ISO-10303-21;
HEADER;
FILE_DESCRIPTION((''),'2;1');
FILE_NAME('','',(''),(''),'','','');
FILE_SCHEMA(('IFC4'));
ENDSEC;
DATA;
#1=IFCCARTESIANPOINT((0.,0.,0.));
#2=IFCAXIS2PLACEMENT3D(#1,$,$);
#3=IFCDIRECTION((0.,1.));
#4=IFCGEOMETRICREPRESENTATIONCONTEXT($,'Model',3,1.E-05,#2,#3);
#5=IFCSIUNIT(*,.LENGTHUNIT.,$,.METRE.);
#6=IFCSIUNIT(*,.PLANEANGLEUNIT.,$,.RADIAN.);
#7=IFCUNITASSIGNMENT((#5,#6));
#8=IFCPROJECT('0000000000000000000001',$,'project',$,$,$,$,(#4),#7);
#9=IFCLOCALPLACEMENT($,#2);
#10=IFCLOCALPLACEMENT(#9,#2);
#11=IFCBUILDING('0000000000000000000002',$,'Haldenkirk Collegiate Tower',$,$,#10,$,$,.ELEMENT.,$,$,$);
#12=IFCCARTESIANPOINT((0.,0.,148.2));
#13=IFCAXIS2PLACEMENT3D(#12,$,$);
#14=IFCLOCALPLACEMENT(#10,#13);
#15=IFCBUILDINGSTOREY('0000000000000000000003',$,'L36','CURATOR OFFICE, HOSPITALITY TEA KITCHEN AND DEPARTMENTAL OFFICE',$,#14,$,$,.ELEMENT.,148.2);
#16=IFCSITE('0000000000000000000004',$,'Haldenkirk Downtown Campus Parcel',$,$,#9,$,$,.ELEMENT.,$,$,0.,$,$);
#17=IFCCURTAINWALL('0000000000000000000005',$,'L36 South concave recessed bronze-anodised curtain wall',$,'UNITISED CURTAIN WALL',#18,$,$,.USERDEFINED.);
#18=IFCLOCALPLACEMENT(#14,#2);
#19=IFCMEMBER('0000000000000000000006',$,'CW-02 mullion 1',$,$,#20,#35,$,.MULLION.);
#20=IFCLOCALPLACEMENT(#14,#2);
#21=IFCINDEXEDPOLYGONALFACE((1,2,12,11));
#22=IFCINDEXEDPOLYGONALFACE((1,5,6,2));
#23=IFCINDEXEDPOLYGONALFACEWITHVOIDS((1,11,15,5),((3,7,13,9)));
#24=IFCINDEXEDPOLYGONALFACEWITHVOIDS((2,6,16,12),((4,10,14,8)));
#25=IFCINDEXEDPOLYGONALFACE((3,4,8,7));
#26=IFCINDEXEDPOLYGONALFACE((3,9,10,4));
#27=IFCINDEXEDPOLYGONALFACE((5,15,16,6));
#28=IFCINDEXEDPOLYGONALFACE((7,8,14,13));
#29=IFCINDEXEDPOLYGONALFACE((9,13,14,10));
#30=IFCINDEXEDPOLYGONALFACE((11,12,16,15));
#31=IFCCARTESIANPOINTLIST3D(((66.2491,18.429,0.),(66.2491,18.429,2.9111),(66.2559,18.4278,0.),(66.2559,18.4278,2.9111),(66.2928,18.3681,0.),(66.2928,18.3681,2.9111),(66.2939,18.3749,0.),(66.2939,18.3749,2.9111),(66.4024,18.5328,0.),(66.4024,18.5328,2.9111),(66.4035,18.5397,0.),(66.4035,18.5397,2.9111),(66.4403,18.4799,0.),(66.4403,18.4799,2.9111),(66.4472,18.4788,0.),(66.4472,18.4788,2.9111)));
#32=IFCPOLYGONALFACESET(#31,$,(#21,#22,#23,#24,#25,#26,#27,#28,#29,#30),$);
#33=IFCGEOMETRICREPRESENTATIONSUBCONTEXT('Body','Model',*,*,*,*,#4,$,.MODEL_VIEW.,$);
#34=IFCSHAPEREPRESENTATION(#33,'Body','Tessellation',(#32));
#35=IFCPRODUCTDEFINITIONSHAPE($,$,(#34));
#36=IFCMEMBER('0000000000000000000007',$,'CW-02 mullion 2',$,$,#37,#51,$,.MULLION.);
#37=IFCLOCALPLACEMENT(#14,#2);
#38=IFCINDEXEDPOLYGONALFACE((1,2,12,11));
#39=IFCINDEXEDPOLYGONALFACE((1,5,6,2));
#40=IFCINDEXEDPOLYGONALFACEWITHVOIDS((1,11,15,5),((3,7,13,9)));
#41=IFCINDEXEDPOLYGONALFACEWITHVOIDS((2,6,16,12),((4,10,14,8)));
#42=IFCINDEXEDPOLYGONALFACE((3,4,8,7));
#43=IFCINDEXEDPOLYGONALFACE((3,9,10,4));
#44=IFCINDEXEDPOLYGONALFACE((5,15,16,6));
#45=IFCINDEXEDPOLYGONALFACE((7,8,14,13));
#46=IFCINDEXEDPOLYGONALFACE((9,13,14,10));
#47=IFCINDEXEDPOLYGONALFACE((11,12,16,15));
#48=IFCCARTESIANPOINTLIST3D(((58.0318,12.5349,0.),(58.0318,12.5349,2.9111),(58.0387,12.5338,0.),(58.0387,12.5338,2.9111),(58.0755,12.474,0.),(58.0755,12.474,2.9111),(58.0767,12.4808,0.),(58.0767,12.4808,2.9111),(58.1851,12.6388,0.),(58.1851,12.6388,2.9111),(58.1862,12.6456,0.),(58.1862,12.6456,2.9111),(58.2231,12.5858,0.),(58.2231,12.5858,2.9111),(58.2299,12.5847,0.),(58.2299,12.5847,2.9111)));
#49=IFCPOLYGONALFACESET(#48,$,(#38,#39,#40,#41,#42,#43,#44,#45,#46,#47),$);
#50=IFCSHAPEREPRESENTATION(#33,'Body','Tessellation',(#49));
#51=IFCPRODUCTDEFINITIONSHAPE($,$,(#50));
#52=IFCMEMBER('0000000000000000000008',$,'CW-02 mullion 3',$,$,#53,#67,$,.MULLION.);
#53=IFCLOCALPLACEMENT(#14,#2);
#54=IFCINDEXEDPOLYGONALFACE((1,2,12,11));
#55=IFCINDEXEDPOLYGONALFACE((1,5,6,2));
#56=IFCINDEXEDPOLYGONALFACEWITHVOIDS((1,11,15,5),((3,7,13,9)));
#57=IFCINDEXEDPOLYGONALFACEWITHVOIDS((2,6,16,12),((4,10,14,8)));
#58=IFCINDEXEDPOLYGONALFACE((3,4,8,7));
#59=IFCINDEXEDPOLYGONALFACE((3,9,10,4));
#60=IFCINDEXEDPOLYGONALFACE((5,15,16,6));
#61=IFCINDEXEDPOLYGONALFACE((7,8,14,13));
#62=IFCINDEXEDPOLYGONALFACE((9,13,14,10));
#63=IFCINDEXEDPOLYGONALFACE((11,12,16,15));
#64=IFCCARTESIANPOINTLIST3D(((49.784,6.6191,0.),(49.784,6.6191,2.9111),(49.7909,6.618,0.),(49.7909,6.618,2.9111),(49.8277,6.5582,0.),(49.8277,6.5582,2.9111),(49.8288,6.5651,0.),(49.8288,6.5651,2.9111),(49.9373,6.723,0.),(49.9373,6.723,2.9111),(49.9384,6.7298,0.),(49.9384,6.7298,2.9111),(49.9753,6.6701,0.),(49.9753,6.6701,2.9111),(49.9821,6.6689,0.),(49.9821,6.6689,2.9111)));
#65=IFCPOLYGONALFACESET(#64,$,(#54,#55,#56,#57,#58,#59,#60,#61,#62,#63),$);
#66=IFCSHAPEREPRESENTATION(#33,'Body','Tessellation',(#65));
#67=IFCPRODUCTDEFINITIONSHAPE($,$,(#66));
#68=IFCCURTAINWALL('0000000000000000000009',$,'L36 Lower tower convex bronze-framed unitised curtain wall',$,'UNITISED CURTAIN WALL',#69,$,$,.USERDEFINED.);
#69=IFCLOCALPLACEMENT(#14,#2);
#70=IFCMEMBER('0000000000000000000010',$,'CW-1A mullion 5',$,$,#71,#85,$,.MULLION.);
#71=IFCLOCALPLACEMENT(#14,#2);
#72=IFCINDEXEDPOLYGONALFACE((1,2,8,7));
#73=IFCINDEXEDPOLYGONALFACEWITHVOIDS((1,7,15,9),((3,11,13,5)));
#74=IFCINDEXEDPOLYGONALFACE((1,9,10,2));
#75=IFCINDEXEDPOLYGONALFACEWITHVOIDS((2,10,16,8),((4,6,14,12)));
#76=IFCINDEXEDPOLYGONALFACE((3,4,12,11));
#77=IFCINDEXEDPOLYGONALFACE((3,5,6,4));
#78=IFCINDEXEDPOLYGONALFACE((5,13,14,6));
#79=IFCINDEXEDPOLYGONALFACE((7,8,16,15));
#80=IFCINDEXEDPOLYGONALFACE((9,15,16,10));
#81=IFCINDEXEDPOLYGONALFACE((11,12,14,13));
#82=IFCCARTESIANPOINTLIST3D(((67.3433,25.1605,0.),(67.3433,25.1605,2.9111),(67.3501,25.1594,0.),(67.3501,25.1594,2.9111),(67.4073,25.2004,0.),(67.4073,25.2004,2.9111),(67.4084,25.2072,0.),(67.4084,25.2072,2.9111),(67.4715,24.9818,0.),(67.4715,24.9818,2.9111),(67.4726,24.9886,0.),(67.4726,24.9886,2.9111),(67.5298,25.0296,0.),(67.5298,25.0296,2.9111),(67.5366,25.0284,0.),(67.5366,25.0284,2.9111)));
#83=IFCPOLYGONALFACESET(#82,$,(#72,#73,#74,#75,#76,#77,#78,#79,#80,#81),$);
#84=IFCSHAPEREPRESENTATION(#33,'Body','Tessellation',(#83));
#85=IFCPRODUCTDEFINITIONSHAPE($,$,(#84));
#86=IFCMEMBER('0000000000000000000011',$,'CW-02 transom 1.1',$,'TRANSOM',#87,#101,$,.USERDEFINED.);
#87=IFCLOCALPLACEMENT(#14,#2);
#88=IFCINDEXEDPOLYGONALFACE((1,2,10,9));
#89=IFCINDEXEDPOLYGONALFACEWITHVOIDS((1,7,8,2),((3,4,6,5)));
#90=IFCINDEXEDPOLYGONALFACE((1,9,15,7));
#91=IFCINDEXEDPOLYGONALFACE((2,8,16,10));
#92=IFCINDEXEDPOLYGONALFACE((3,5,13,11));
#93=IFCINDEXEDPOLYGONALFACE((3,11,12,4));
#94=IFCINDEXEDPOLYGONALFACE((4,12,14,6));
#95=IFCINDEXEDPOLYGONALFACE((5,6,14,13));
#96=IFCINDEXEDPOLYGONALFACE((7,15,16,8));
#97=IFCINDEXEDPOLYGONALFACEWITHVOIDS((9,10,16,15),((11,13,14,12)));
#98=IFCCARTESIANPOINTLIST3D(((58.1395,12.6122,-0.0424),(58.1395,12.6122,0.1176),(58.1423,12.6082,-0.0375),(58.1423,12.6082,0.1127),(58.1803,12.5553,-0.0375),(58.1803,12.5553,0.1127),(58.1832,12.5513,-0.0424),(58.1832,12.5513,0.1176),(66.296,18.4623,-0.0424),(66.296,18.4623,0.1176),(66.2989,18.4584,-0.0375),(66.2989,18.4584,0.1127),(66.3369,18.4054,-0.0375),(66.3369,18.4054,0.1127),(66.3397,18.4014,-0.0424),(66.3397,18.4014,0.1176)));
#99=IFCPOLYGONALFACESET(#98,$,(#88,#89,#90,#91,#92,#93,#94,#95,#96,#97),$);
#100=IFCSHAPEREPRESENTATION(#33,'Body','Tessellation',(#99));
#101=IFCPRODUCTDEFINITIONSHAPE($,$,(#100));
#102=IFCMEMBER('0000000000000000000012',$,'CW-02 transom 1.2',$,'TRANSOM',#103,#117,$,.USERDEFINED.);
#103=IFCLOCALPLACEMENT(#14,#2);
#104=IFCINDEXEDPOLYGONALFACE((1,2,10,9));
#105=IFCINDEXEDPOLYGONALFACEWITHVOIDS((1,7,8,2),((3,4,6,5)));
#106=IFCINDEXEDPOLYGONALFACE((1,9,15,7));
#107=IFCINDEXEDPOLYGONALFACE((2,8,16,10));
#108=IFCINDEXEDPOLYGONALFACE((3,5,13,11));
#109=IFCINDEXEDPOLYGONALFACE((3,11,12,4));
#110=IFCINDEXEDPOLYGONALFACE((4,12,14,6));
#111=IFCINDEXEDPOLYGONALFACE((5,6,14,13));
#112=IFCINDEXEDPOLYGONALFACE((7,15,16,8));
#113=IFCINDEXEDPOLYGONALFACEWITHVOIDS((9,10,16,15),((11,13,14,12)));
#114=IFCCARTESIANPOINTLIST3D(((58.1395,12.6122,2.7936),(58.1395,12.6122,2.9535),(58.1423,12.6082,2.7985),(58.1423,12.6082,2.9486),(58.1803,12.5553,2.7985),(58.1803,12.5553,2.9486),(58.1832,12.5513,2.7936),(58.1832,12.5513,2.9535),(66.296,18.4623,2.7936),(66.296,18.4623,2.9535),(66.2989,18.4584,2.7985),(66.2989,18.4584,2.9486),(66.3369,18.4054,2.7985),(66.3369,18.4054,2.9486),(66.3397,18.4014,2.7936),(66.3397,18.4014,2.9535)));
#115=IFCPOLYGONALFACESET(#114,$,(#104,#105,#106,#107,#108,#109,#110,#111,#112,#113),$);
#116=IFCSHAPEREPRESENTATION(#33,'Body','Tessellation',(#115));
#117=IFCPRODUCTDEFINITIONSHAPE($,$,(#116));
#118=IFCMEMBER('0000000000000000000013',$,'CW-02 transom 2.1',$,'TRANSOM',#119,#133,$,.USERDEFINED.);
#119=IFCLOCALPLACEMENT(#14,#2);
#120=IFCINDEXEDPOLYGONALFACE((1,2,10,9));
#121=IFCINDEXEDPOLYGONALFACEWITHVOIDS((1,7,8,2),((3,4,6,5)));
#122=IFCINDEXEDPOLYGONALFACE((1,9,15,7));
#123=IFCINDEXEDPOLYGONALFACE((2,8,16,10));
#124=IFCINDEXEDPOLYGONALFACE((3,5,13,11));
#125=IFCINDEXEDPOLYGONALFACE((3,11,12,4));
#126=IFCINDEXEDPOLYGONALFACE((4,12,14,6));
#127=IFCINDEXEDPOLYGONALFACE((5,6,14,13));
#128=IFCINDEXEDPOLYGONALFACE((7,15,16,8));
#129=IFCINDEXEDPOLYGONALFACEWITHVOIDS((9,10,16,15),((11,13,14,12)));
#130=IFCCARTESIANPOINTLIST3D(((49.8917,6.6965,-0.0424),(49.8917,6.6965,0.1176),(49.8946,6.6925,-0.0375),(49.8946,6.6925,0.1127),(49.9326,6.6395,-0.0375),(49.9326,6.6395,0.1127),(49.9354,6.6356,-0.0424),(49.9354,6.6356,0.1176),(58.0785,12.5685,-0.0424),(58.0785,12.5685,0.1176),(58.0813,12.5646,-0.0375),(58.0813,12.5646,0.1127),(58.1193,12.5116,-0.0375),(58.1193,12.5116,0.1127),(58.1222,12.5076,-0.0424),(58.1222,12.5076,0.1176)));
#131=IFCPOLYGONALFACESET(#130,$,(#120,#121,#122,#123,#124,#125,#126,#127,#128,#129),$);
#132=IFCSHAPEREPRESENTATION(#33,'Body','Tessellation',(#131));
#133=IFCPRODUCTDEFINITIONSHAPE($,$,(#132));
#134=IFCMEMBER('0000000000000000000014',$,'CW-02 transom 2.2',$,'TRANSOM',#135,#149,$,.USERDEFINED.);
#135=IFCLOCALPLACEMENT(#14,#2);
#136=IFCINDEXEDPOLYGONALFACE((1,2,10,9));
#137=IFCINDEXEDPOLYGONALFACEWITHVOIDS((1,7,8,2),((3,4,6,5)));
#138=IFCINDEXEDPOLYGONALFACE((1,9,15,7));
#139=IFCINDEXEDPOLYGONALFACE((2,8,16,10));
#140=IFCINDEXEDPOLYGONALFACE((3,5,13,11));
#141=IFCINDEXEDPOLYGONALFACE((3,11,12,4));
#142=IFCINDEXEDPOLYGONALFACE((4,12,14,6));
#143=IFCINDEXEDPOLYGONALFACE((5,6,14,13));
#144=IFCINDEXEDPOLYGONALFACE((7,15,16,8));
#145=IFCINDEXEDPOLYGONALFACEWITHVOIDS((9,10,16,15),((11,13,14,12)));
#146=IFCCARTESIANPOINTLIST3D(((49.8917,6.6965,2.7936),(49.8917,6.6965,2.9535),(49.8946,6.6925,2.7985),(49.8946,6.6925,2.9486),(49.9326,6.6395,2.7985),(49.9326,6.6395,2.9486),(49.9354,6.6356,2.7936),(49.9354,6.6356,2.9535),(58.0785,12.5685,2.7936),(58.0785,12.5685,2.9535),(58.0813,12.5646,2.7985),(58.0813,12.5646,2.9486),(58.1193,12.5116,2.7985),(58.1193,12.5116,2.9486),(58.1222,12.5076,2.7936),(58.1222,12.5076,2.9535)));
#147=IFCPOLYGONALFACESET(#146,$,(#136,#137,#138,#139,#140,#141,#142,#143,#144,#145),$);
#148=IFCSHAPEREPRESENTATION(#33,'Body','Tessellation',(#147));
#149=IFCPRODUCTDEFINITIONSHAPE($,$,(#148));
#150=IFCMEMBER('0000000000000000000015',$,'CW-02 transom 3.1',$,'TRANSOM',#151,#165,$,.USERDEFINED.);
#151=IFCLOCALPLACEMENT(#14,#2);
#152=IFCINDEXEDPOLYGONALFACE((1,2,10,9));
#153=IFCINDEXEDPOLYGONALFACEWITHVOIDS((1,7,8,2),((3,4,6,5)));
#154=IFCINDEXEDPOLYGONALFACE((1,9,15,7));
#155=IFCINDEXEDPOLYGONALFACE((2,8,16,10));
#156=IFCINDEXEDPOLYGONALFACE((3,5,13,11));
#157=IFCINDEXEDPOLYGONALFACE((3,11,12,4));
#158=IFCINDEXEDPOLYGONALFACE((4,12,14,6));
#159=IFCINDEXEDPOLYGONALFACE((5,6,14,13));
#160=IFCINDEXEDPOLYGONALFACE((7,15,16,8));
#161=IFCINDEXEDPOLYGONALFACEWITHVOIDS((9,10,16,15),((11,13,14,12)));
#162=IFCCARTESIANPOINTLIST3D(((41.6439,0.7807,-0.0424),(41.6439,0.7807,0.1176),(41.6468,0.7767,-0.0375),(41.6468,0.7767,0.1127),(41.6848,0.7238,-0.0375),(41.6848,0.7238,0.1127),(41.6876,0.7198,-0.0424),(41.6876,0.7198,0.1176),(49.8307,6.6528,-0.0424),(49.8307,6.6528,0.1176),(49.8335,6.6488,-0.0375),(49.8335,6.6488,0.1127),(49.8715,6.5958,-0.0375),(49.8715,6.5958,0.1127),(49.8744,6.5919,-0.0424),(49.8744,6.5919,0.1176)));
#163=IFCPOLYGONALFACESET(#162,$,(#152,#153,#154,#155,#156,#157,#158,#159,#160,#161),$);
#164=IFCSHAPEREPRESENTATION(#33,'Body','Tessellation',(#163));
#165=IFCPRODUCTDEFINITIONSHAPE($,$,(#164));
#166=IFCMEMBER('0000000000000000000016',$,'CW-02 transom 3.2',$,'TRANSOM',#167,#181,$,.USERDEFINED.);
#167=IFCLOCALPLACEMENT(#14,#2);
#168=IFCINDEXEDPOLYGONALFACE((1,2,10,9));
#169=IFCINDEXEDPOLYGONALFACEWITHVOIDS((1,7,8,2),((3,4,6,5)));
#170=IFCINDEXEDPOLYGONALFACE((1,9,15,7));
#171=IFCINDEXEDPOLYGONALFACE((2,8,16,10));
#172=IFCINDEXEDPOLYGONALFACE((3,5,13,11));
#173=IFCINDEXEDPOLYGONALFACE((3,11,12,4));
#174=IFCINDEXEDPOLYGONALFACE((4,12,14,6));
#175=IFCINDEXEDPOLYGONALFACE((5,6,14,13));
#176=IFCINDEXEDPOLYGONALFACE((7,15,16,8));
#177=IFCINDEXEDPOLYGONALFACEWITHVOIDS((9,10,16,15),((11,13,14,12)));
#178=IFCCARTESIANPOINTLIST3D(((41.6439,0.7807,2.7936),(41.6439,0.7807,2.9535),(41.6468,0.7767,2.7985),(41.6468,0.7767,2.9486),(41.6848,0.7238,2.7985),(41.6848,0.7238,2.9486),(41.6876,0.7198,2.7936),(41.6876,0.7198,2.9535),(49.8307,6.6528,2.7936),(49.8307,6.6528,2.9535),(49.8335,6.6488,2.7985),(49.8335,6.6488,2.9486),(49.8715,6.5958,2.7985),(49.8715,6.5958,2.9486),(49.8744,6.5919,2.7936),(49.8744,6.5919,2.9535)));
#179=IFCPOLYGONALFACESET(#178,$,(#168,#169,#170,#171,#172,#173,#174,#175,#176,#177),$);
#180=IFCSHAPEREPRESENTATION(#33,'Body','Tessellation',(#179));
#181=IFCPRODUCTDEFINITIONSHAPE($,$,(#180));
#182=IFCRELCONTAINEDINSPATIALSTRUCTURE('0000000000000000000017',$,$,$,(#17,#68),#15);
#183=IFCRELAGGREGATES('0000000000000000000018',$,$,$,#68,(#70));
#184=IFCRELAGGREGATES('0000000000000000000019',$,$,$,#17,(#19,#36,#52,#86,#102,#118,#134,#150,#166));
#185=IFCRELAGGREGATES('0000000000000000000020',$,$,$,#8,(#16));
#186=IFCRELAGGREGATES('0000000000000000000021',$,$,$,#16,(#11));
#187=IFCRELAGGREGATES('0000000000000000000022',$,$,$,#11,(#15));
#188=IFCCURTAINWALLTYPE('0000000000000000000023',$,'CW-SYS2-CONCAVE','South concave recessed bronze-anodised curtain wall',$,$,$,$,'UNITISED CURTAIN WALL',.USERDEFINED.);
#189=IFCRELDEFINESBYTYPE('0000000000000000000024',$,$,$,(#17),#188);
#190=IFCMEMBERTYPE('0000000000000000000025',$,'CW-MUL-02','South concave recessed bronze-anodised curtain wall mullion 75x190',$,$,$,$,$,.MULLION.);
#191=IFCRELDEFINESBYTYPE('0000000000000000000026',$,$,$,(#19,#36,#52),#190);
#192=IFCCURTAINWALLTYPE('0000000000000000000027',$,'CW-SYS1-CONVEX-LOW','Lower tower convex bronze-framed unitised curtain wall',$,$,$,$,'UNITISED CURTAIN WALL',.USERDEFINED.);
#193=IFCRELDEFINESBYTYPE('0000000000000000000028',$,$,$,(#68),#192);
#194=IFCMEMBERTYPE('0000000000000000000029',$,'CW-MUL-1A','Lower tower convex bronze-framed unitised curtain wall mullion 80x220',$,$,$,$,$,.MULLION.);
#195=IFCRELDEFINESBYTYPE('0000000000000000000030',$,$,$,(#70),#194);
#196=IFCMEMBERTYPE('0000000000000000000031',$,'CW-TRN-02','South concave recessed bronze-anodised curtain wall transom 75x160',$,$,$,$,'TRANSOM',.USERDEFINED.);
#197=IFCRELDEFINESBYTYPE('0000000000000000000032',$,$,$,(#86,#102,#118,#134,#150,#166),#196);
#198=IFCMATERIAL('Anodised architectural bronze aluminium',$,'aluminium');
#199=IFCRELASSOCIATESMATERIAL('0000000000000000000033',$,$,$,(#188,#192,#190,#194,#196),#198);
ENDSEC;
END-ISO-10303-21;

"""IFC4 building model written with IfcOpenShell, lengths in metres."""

from ifc_helpers import new_model, si_unit, direction, frame, origin, origin_2d, place, context, subcontext, project, spatial, hollow_rectangle, extrude, material, material_profile, profile_set, type_object, element, aggregate, save


model = new_model("IFC4")

# Units and contexts
model_context = context("Model", 3, precision=1e-05, world=origin(), true_north=direction((0.0, 1.0)))
body_context = subcontext(model_context, "Body", "Model", "MODEL_VIEW")
ifc_project = project(units=[si_unit("LENGTHUNIT", "METRE"), si_unit("PLANEANGLEUNIT", "RADIAN")], contexts=[model_context])

# Site, building, storey
site_placement = place(None, origin())
site = spatial("IfcSite", under=ifc_project, at=site_placement, Name="Haldenkirk Downtown Campus Parcel", CompositionType="ELEMENT", RefElevation=0.0)
building_placement = place(site_placement, origin())
building = spatial("IfcBuilding", under=site, at=building_placement, Name="Haldenkirk Collegiate Tower", CompositionType="ELEMENT")
storey_placement = place(building_placement, frame((0.0, 0.0, 148.2)))
storey = spatial("IfcBuildingStorey", under=building, at=storey_placement, Name="L36", Description="CURATOR OFFICE, HOSPITALITY TEA KITCHEN AND DEPARTMENTAL OFFICE", CompositionType="ELEMENT", Elevation=148.2)

# Curtain wall, members
ifc_material_1 = material(Name="Anodised architectural bronze aluminium", Category="aluminium")
curtain_wall_type_1 = type_object("IfcCurtainWallType", Name="CW-SYS2-CONCAVE", Description="South concave recessed bronze-anodised curtain wall", ElementType="UNITISED CURTAIN WALL", PredefinedType="USERDEFINED", material=ifc_material_1)
curtain_wall_1_placement = place(storey_placement, origin())
curtain_wall_1 = element("IfcCurtainWall", 1, at=curtain_wall_1_placement, inside=storey, type_object=curtain_wall_type_1, Name="L36 South concave recessed bronze-anodised curtain wall", ObjectType="UNITISED CURTAIN WALL", PredefinedType="USERDEFINED")
ifc_material_profile_1 = material_profile(ifc_material_1, hollow_rectangle(XDim=0.075, YDim=0.1899, WallThickness=0.0049, at=origin_2d()), Name="CW-MUL-02")
ifc_profile_set_1 = profile_set([ifc_material_profile_1], Name="Anodised architectural bronze aluminium")
member_type_1 = type_object("IfcMemberType", Name="CW-MUL-02", Description="South concave recessed bronze-anodised curtain wall mullion 75x190", PredefinedType="MULLION", material=ifc_profile_set_1)
member_1_placement = place(storey_placement, frame((66.3481, 18.4539, 0.0), z_axis=(0.0, 0.0, 1.0), x_axis=(0.582834, -0.812592, 0.0)))
member_1 = element("IfcMember", 2, at=member_1_placement, type_object=member_type_1, Name="CW-02 mullion 1", PredefinedType="MULLION", context=body_context, shape_type="SweptSolid", body=[
    extrude(hollow_rectangle(XDim=0.075, YDim=0.1899, WallThickness=0.0049, at=origin_2d()), origin(), (0.0, 0.0, 1.0), 2.9111),
])
member_2_placement = place(storey_placement, frame((58.1309, 12.5598, 0.0), z_axis=(0.0, 0.0, 1.0), x_axis=(0.582834, -0.812592, 0.0)))
member_2 = element("IfcMember", 3, at=member_2_placement, type_object=member_type_1, Name="CW-02 mullion 2", PredefinedType="MULLION", context=body_context, shape_type="SweptSolid", body=[
    extrude(hollow_rectangle(XDim=0.075, YDim=0.1899, WallThickness=0.0049, at=origin_2d()), origin(), (0.0, 0.0, 1.0), 2.9111),
])
member_3_placement = place(storey_placement, frame((49.8831, 6.644, 0.0), z_axis=(0.0, 0.0, 1.0), x_axis=(0.582834, -0.812592, 0.0)))
member_3 = element("IfcMember", 4, at=member_3_placement, type_object=member_type_1, Name="CW-02 mullion 3", PredefinedType="MULLION", context=body_context, shape_type="SweptSolid", body=[
    extrude(hollow_rectangle(XDim=0.075, YDim=0.1899, WallThickness=0.0049, at=origin_2d()), origin(), (0.0, 0.0, 1.0), 2.9111),
])

# Curtain wall, member
curtain_wall_type_2 = type_object("IfcCurtainWallType", Name="CW-SYS1-CONVEX-LOW", Description="Lower tower convex bronze-framed unitised curtain wall", ElementType="UNITISED CURTAIN WALL", PredefinedType="USERDEFINED", material=ifc_material_1)
curtain_wall_2_placement = place(storey_placement, origin())
curtain_wall_2 = element("IfcCurtainWall", 5, at=curtain_wall_2_placement, inside=storey, type_object=curtain_wall_type_2, Name="L36 Lower tower convex bronze-framed unitised curtain wall", ObjectType="UNITISED CURTAIN WALL", PredefinedType="USERDEFINED")
ifc_material_profile_2 = material_profile(ifc_material_1, hollow_rectangle(XDim=0.0801, YDim=0.22, WallThickness=0.0049, at=origin_2d()), Name="CW-MUL-1A")
ifc_profile_set_2 = profile_set([ifc_material_profile_2], Name="Anodised architectural bronze aluminium")
member_type_2 = type_object("IfcMemberType", Name="CW-MUL-1A", Description="Lower tower convex bronze-framed unitised curtain wall mullion 80x220", PredefinedType="MULLION", material=ifc_profile_set_2)
member_4_placement = place(storey_placement, frame((67.4399, 25.0945, 0.0), z_axis=(0.0, 0.0, 1.0), x_axis=(0.812592, 0.582832, 0.0)))
member_4 = element("IfcMember", 6, at=member_4_placement, type_object=member_type_2, Name="CW-1A mullion 5", PredefinedType="MULLION", context=body_context, shape_type="SweptSolid", body=[
    extrude(hollow_rectangle(XDim=0.0801, YDim=0.22, WallThickness=0.0049, at=origin_2d()), origin(), (0.0, 0.0, 1.0), 2.9111),
])
aggregate(curtain_wall_2, [member_4])

# Members
ifc_material_profile_3 = material_profile(ifc_material_1, hollow_rectangle(XDim=0.075, YDim=0.1599, WallThickness=0.0049, at=origin_2d()), Name="CW-TRN-02")
ifc_profile_set_3 = profile_set([ifc_material_profile_3], Name="Anodised architectural bronze aluminium")
member_type_3 = type_object("IfcMemberType", Name="CW-TRN-02", Description="South concave recessed bronze-anodised curtain wall transom 75x160", ElementType="TRANSOM", PredefinedType="USERDEFINED", material=ifc_profile_set_3)
member_5_placement = place(storey_placement, frame((66.3179, 18.4319, 0.0376), z_axis=(-0.8126, -0.582822, 0.0), x_axis=(0.582822, -0.8126, 0.0)))
member_5 = element("IfcMember", 7, at=member_5_placement, type_object=member_type_3, Name="CW-02 transom 1.1", ObjectType="TRANSOM", PredefinedType="USERDEFINED", context=body_context, shape_type="SweptSolid", body=[
    extrude(hollow_rectangle(XDim=0.075, YDim=0.1599, WallThickness=0.0049, at=origin_2d()), origin(), (0.0, 0.0, 1.0), 10.0376),
])
member_6_placement = place(storey_placement, frame((66.3179, 18.4319, 2.8735), z_axis=(-0.8126, -0.582822, 0.0), x_axis=(0.582822, -0.8126, 0.0)))
member_6 = element("IfcMember", 8, at=member_6_placement, type_object=member_type_3, Name="CW-02 transom 1.2", ObjectType="TRANSOM", PredefinedType="USERDEFINED", context=body_context, shape_type="SweptSolid", body=[
    extrude(hollow_rectangle(XDim=0.075, YDim=0.1599, WallThickness=0.0049, at=origin_2d()), origin(), (0.0, 0.0, 1.0), 10.0376),
])
member_7_placement = place(storey_placement, frame((58.1003, 12.5381, 0.0376), z_axis=(-0.812587, -0.582839, 0.0), x_axis=(0.582839, -0.812587, 0.0)))
member_7 = element("IfcMember", 9, at=member_7_placement, type_object=member_type_3, Name="CW-02 transom 2.1", ObjectType="TRANSOM", PredefinedType="USERDEFINED", context=body_context, shape_type="SweptSolid", body=[
    extrude(hollow_rectangle(XDim=0.075, YDim=0.1599, WallThickness=0.0049, at=origin_2d()), origin(), (0.0, 0.0, 1.0), 10.075),
])
member_8_placement = place(storey_placement, frame((58.1003, 12.5381, 2.8735), z_axis=(-0.812587, -0.582839, 0.0), x_axis=(0.582839, -0.812587, 0.0)))
member_8 = element("IfcMember", 10, at=member_8_placement, type_object=member_type_3, Name="CW-02 transom 2.2", ObjectType="TRANSOM", PredefinedType="USERDEFINED", context=body_context, shape_type="SweptSolid", body=[
    extrude(hollow_rectangle(XDim=0.075, YDim=0.1599, WallThickness=0.0049, at=origin_2d()), origin(), (0.0, 0.0, 1.0), 10.075),
])
member_9_placement = place(storey_placement, frame((49.8525, 6.6223, 0.0376), z_axis=(-0.812587, -0.582839, 0.0), x_axis=(0.582839, -0.812587, 0.0)))
member_9 = element("IfcMember", 11, at=member_9_placement, type_object=member_type_3, Name="CW-02 transom 3.1", ObjectType="TRANSOM", PredefinedType="USERDEFINED", context=body_context, shape_type="SweptSolid", body=[
    extrude(hollow_rectangle(XDim=0.075, YDim=0.1599, WallThickness=0.0049, at=origin_2d()), origin(), (0.0, 0.0, 1.0), 10.075),
])
member_10_placement = place(storey_placement, frame((49.8525, 6.6223, 2.8735), z_axis=(-0.812587, -0.582839, 0.0), x_axis=(0.582839, -0.812587, 0.0)))
member_10 = element("IfcMember", 12, at=member_10_placement, type_object=member_type_3, Name="CW-02 transom 3.2", ObjectType="TRANSOM", PredefinedType="USERDEFINED", context=body_context, shape_type="SweptSolid", body=[
    extrude(hollow_rectangle(XDim=0.075, YDim=0.1599, WallThickness=0.0049, at=origin_2d()), origin(), (0.0, 0.0, 1.0), 10.075),
])

aggregate(curtain_wall_1, [member_1, member_2, member_3, member_5, member_6, member_7, member_8, member_9, member_10])

save(model, "model.ifc")
